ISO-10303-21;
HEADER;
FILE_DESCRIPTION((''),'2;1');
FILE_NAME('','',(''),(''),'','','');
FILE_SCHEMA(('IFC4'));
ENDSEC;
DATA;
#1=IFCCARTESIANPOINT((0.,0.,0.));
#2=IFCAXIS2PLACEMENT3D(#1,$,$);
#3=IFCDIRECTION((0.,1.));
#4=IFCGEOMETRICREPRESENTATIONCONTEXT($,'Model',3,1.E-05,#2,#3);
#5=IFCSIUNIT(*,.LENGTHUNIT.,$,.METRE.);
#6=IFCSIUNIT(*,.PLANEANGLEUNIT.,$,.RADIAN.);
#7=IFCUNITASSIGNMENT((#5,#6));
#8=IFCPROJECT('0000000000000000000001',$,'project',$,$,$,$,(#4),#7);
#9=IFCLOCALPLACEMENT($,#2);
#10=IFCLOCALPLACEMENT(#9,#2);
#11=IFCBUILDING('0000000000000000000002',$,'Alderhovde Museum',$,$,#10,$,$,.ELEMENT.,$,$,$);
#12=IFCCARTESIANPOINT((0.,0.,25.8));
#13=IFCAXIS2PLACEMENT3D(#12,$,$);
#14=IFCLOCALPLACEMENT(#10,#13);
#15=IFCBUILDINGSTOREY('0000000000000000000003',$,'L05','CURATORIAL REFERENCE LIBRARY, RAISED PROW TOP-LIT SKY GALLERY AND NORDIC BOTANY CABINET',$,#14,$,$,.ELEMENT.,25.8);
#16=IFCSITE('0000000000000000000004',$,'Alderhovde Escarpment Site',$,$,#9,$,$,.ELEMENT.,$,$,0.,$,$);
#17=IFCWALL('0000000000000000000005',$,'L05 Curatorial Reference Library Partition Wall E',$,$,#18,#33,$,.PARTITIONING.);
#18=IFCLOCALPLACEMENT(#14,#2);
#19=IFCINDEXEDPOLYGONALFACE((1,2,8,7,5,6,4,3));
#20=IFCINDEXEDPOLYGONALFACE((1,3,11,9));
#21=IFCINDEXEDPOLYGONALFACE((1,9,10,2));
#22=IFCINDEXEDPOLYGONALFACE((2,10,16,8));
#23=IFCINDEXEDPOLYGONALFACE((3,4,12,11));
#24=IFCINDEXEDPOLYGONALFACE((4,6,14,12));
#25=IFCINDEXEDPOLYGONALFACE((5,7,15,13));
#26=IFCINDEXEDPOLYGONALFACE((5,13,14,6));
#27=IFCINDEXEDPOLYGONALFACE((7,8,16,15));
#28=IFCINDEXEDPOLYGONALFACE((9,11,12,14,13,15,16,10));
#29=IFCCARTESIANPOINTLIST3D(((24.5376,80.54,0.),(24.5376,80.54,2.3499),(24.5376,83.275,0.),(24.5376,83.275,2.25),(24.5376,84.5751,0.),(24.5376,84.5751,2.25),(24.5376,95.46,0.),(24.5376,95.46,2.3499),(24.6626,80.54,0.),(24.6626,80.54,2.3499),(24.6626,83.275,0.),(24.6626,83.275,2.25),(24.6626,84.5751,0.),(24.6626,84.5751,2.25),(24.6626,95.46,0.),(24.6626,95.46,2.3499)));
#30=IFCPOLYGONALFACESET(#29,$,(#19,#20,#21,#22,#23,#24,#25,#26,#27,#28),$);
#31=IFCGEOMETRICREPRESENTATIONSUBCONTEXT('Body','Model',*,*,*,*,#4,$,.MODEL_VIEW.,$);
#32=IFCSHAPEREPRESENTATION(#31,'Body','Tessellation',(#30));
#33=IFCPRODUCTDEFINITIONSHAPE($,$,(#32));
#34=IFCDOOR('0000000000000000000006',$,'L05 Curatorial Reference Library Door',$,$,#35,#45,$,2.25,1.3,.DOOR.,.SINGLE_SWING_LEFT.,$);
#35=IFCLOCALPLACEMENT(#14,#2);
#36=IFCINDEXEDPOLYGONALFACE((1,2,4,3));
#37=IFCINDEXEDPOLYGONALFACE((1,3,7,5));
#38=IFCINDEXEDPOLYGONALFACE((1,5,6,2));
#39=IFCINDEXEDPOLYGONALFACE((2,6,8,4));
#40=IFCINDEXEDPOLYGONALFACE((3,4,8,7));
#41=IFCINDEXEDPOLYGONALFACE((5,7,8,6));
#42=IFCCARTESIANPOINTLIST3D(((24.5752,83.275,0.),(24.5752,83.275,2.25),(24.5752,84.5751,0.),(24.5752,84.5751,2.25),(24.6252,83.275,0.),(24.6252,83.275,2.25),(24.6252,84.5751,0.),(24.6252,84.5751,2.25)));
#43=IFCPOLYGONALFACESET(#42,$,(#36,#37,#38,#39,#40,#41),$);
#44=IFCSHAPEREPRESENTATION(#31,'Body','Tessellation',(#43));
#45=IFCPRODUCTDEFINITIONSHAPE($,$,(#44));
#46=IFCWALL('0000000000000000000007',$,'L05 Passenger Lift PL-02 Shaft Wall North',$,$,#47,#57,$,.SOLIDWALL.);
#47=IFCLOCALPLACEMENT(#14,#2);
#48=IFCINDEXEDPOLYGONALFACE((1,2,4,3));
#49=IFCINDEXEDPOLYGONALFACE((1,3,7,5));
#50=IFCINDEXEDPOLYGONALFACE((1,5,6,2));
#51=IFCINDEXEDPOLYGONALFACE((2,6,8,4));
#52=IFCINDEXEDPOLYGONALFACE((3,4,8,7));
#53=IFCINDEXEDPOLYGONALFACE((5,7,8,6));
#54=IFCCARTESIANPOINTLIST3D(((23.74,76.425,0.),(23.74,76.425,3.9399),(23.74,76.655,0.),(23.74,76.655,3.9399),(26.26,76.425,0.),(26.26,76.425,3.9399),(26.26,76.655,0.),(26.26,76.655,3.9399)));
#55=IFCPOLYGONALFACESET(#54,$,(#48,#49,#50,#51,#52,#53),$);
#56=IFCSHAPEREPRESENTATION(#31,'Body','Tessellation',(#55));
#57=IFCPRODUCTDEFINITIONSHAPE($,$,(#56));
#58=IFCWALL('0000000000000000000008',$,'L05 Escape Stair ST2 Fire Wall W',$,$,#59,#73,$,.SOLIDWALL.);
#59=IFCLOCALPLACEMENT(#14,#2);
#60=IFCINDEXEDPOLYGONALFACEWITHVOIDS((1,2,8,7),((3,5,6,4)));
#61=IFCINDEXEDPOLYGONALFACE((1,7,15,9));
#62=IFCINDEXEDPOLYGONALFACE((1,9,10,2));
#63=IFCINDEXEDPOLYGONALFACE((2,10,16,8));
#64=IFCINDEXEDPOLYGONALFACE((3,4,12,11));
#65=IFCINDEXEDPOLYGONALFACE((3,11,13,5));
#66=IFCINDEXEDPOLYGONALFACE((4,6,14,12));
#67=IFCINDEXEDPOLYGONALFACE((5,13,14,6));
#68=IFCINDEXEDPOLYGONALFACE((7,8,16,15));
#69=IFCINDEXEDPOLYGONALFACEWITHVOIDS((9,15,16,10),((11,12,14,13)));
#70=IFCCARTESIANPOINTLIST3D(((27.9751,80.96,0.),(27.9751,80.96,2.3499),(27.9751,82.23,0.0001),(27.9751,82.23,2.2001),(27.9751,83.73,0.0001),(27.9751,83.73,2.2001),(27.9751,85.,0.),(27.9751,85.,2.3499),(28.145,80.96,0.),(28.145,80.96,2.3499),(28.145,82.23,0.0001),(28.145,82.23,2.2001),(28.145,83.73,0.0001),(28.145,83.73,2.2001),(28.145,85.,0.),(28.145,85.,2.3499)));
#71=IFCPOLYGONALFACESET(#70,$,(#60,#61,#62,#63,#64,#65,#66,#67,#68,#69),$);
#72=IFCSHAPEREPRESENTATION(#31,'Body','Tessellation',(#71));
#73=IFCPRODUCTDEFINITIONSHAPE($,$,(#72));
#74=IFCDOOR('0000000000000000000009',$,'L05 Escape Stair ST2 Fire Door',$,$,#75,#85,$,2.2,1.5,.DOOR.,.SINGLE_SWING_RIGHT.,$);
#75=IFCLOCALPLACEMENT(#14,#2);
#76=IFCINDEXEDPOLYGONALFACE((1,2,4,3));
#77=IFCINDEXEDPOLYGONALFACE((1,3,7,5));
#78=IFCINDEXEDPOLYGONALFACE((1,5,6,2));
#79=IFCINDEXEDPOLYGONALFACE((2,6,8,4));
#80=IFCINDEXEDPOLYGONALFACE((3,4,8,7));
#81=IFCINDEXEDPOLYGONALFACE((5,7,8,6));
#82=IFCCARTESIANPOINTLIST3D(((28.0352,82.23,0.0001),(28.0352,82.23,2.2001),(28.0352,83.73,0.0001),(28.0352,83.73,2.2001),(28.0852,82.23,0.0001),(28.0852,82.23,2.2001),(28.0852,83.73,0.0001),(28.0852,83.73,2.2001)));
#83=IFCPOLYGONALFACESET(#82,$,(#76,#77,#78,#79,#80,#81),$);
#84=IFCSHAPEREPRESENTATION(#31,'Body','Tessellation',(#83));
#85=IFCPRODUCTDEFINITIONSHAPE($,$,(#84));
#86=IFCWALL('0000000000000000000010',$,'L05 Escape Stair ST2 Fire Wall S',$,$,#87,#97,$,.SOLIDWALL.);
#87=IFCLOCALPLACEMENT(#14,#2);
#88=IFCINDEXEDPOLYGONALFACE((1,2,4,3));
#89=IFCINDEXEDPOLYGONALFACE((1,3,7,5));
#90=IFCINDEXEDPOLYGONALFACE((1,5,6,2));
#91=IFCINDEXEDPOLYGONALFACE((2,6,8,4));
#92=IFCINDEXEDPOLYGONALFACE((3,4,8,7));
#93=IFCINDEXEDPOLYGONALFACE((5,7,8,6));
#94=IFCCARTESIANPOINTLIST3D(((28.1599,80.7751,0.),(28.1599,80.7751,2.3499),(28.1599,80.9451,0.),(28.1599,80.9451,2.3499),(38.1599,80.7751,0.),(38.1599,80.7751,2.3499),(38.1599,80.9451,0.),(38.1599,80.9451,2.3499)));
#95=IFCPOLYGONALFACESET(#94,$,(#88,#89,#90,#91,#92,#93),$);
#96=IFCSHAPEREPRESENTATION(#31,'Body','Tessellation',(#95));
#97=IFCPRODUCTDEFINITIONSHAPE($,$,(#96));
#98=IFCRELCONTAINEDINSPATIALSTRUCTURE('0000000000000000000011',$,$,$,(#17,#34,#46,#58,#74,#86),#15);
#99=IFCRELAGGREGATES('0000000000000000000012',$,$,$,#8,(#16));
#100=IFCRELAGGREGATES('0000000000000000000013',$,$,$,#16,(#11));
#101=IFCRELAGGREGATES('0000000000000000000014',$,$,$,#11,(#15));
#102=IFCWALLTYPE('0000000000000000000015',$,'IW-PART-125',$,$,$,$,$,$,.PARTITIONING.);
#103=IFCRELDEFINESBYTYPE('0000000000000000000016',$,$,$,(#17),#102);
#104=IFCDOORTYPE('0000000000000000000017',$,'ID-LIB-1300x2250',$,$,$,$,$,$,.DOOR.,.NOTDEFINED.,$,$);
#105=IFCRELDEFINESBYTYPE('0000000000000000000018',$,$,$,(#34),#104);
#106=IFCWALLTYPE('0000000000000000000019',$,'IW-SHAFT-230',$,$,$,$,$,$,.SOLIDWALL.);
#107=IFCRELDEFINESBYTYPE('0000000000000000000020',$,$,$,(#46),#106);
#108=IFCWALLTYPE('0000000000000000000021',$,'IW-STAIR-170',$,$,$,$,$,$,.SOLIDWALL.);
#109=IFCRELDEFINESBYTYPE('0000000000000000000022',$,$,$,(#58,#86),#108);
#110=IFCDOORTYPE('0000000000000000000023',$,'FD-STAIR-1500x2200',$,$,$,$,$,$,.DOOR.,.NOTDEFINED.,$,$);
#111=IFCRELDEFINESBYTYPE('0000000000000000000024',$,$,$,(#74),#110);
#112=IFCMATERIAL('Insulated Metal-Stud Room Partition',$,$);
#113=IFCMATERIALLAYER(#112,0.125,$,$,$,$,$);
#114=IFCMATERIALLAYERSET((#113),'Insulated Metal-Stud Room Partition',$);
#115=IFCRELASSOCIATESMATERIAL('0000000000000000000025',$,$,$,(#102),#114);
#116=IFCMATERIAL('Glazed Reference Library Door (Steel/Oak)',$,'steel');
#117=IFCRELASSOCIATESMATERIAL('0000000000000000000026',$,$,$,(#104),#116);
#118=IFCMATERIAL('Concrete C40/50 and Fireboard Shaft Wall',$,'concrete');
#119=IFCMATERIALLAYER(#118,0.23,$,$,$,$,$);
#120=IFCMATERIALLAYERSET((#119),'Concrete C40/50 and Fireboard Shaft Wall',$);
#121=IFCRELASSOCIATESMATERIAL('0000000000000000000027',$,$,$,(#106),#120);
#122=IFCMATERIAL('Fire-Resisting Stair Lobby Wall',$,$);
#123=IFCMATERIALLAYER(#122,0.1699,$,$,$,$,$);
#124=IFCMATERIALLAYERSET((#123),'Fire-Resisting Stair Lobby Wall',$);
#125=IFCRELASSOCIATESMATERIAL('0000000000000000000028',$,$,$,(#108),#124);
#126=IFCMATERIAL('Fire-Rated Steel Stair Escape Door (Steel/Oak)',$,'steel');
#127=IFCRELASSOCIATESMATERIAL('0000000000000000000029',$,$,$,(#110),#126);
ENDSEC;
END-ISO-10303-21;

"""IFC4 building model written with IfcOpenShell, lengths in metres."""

from ifc_helpers import new_model, si_unit, direction, frame, frame_2d, origin, place, context, subcontext, project, spatial, rectangle, extrude, material, layer, layer_set, type_object, element, fill, save


model = new_model("IFC4")

# Units and contexts
model_context = context("Model", 3, precision=1e-05, world=origin(), true_north=direction((0.0, 1.0)))
body_context = subcontext(model_context, "Body", "Model", "MODEL_VIEW")
ifc_project = project(units=[si_unit("LENGTHUNIT", "METRE"), si_unit("PLANEANGLEUNIT", "RADIAN")], contexts=[model_context])

# Site, building, storey
site_placement = place(None, origin())
site = spatial("IfcSite", under=ifc_project, at=site_placement, Name="Alderhovde Escarpment Site", CompositionType="ELEMENT", RefElevation=0.0)
building_placement = place(site_placement, origin())
building = spatial("IfcBuilding", under=site, at=building_placement, Name="Alderhovde Museum", CompositionType="ELEMENT")
storey_placement = place(building_placement, frame((0.0, 0.0, 25.8)))
storey = spatial("IfcBuildingStorey", under=building, at=storey_placement, Name="L05", Description="CURATORIAL REFERENCE LIBRARY, RAISED PROW TOP-LIT SKY GALLERY AND NORDIC BOTANY CABINET", CompositionType="ELEMENT", Elevation=25.8)

# Wall, opening, door
ifc_material_1 = material(Name="Insulated Metal-Stud Room Partition")
ifc_layer_1 = layer(ifc_material_1, 0.125)
ifc_layer_set_1 = layer_set([ifc_layer_1], Name="Insulated Metal-Stud Room Partition")
wall_type_1 = type_object("IfcWallType", Name="IW-PART-125", PredefinedType="PARTITIONING", material=ifc_layer_set_1)
wall_1_placement = place(storey_placement, frame((24.6001, 80.54, 0.0), z_axis=(0.0, 0.0, 1.0), x_axis=(0.0, 1.0, 0.0)))
wall_1 = element("IfcWall", 1, at=wall_1_placement, inside=storey, type_object=wall_type_1, Name="L05 Curatorial Reference Library Partition Wall E", PredefinedType="PARTITIONING", context=body_context, shape_type="SweptSolid", body=[
    extrude(rectangle(XDim=14.9199, YDim=0.125, at=frame_2d((7.46, 0.0))), origin(), (0.0, 0.0, 1.0), 2.3499),
])
opening_1_placement = place(wall_1_placement, frame((2.7351, 0.0, 0.0)))
opening_1 = element("IfcOpeningElement", 2, at=opening_1_placement, cuts=wall_1, PredefinedType="OPENING", context=body_context, shape_type="SweptSolid", body=[
    extrude(rectangle(XDim=1.3, YDim=2.25, at=frame_2d((0.6499, 1.125))), frame((0.0, 0.0725, 0.0), z_axis=(0.0, -1.0, 0.0), x_axis=(1.0, 0.0, 0.0)), (0.0, 0.0, 1.0), 0.145),
])
ifc_material_2 = material(Name="Glazed Reference Library Door (Steel/Oak)", Category="steel")
door_type_1 = type_object("IfcDoorType", Name="ID-LIB-1300x2250", OperationType="NOTDEFINED", PredefinedType="DOOR", material=ifc_material_2)
door_1_placement = place(opening_1_placement, origin())
door_1 = element("IfcDoor", 3, at=door_1_placement, inside=storey, type_object=door_type_1, Name="L05 Curatorial Reference Library Door", OperationType="SINGLE_SWING_LEFT", OverallHeight=2.25, OverallWidth=1.3, PredefinedType="DOOR", context=body_context, shape_type="SweptSolid", body=[
    extrude(rectangle(XDim=1.3, YDim=2.25, at=frame_2d((0.6499, 1.125))), frame((0.0, 0.0249, 0.0), z_axis=(0.0, -1.0, 0.0), x_axis=(1.0, 0.0, 0.0)), (0.0, 0.0, 1.0), 0.05),
])
fill(opening_1, door_1)

# Wall
ifc_material_3 = material(Name="Concrete C40/50 and Fireboard Shaft Wall", Category="concrete")
ifc_layer_2 = layer(ifc_material_3, 0.23)
ifc_layer_set_2 = layer_set([ifc_layer_2], Name="Concrete C40/50 and Fireboard Shaft Wall")
wall_type_2 = type_object("IfcWallType", Name="IW-SHAFT-230", PredefinedType="SOLIDWALL", material=ifc_layer_set_2)
wall_2_placement = place(storey_placement, frame((23.74, 76.54, 0.0), z_axis=(0.0, 0.0, 1.0), x_axis=(1.0, 0.0, 0.0)))
element("IfcWall", 4, at=wall_2_placement, inside=storey, type_object=wall_type_2, Name="L05 Passenger Lift PL-02 Shaft Wall North", PredefinedType="SOLIDWALL", context=body_context, shape_type="SweptSolid", body=[
    extrude(rectangle(XDim=2.52, YDim=0.23, at=frame_2d((1.26, 0.0))), origin(), (0.0, 0.0, 1.0), 3.9399),
])

# Wall, opening, door
ifc_material_4 = material(Name="Fire-Resisting Stair Lobby Wall")
ifc_layer_3 = layer(ifc_material_4, 0.1699)
ifc_layer_set_3 = layer_set([ifc_layer_3], Name="Fire-Resisting Stair Lobby Wall")
wall_type_3 = type_object("IfcWallType", Name="IW-STAIR-170", PredefinedType="SOLIDWALL", material=ifc_layer_set_3)
wall_3_placement = place(storey_placement, frame((28.0601, 80.96, 0.0), z_axis=(0.0, 0.0, 1.0), x_axis=(0.0, 1.0, 0.0)))
wall_3 = element("IfcWall", 5, at=wall_3_placement, inside=storey, type_object=wall_type_3, Name="L05 Escape Stair ST2 Fire Wall W", PredefinedType="SOLIDWALL", context=body_context, shape_type="SweptSolid", body=[
    extrude(rectangle(XDim=4.04, YDim=0.1699, at=frame_2d((2.02, 0.0))), origin(), (0.0, 0.0, 1.0), 2.3499),
])
opening_2_placement = place(wall_3_placement, frame((1.27, 0.0, 0.0)))
opening_2 = element("IfcOpeningElement", 6, at=opening_2_placement, cuts=wall_3, PredefinedType="OPENING", context=body_context, shape_type="SweptSolid", body=[
    extrude(rectangle(XDim=1.5, YDim=2.2, at=frame_2d((0.75, 1.1001))), frame((0.0, 0.095, 0.0), z_axis=(0.0, -1.0, 0.0), x_axis=(1.0, 0.0, 0.0)), (0.0, 0.0, 1.0), 0.1899),
])
ifc_material_5 = material(Name="Fire-Rated Steel Stair Escape Door (Steel/Oak)", Category="steel")
door_type_2 = type_object("IfcDoorType", Name="FD-STAIR-1500x2200", OperationType="NOTDEFINED", PredefinedType="DOOR", material=ifc_material_5)
door_2_placement = place(opening_2_placement, origin())
door_2 = element("IfcDoor", 7, at=door_2_placement, inside=storey, type_object=door_type_2, Name="L05 Escape Stair ST2 Fire Door", OperationType="SINGLE_SWING_RIGHT", OverallHeight=2.2, OverallWidth=1.5, PredefinedType="DOOR", context=body_context, shape_type="SweptSolid", body=[
    extrude(rectangle(XDim=1.5, YDim=2.2, at=frame_2d((0.75, 1.1001))), frame((0.0, 0.0249, 0.0), z_axis=(0.0, -1.0, 0.0), x_axis=(1.0, 0.0, 0.0)), (0.0, 0.0, 1.0), 0.05),
])
fill(opening_2, door_2)

# Wall
wall_4_placement = place(storey_placement, frame((28.1599, 80.8601, 0.0), z_axis=(0.0, 0.0, 1.0), x_axis=(1.0, 0.0, 0.0)))
element("IfcWall", 8, at=wall_4_placement, inside=storey, type_object=wall_type_3, Name="L05 Escape Stair ST2 Fire Wall S", PredefinedType="SOLIDWALL", context=body_context, shape_type="SweptSolid", body=[
    extrude(rectangle(XDim=10.0, YDim=0.1699, at=frame_2d((5.0, 0.0))), origin(), (0.0, 0.0, 1.0), 2.3499),
])

save(model, "model.ifc")
